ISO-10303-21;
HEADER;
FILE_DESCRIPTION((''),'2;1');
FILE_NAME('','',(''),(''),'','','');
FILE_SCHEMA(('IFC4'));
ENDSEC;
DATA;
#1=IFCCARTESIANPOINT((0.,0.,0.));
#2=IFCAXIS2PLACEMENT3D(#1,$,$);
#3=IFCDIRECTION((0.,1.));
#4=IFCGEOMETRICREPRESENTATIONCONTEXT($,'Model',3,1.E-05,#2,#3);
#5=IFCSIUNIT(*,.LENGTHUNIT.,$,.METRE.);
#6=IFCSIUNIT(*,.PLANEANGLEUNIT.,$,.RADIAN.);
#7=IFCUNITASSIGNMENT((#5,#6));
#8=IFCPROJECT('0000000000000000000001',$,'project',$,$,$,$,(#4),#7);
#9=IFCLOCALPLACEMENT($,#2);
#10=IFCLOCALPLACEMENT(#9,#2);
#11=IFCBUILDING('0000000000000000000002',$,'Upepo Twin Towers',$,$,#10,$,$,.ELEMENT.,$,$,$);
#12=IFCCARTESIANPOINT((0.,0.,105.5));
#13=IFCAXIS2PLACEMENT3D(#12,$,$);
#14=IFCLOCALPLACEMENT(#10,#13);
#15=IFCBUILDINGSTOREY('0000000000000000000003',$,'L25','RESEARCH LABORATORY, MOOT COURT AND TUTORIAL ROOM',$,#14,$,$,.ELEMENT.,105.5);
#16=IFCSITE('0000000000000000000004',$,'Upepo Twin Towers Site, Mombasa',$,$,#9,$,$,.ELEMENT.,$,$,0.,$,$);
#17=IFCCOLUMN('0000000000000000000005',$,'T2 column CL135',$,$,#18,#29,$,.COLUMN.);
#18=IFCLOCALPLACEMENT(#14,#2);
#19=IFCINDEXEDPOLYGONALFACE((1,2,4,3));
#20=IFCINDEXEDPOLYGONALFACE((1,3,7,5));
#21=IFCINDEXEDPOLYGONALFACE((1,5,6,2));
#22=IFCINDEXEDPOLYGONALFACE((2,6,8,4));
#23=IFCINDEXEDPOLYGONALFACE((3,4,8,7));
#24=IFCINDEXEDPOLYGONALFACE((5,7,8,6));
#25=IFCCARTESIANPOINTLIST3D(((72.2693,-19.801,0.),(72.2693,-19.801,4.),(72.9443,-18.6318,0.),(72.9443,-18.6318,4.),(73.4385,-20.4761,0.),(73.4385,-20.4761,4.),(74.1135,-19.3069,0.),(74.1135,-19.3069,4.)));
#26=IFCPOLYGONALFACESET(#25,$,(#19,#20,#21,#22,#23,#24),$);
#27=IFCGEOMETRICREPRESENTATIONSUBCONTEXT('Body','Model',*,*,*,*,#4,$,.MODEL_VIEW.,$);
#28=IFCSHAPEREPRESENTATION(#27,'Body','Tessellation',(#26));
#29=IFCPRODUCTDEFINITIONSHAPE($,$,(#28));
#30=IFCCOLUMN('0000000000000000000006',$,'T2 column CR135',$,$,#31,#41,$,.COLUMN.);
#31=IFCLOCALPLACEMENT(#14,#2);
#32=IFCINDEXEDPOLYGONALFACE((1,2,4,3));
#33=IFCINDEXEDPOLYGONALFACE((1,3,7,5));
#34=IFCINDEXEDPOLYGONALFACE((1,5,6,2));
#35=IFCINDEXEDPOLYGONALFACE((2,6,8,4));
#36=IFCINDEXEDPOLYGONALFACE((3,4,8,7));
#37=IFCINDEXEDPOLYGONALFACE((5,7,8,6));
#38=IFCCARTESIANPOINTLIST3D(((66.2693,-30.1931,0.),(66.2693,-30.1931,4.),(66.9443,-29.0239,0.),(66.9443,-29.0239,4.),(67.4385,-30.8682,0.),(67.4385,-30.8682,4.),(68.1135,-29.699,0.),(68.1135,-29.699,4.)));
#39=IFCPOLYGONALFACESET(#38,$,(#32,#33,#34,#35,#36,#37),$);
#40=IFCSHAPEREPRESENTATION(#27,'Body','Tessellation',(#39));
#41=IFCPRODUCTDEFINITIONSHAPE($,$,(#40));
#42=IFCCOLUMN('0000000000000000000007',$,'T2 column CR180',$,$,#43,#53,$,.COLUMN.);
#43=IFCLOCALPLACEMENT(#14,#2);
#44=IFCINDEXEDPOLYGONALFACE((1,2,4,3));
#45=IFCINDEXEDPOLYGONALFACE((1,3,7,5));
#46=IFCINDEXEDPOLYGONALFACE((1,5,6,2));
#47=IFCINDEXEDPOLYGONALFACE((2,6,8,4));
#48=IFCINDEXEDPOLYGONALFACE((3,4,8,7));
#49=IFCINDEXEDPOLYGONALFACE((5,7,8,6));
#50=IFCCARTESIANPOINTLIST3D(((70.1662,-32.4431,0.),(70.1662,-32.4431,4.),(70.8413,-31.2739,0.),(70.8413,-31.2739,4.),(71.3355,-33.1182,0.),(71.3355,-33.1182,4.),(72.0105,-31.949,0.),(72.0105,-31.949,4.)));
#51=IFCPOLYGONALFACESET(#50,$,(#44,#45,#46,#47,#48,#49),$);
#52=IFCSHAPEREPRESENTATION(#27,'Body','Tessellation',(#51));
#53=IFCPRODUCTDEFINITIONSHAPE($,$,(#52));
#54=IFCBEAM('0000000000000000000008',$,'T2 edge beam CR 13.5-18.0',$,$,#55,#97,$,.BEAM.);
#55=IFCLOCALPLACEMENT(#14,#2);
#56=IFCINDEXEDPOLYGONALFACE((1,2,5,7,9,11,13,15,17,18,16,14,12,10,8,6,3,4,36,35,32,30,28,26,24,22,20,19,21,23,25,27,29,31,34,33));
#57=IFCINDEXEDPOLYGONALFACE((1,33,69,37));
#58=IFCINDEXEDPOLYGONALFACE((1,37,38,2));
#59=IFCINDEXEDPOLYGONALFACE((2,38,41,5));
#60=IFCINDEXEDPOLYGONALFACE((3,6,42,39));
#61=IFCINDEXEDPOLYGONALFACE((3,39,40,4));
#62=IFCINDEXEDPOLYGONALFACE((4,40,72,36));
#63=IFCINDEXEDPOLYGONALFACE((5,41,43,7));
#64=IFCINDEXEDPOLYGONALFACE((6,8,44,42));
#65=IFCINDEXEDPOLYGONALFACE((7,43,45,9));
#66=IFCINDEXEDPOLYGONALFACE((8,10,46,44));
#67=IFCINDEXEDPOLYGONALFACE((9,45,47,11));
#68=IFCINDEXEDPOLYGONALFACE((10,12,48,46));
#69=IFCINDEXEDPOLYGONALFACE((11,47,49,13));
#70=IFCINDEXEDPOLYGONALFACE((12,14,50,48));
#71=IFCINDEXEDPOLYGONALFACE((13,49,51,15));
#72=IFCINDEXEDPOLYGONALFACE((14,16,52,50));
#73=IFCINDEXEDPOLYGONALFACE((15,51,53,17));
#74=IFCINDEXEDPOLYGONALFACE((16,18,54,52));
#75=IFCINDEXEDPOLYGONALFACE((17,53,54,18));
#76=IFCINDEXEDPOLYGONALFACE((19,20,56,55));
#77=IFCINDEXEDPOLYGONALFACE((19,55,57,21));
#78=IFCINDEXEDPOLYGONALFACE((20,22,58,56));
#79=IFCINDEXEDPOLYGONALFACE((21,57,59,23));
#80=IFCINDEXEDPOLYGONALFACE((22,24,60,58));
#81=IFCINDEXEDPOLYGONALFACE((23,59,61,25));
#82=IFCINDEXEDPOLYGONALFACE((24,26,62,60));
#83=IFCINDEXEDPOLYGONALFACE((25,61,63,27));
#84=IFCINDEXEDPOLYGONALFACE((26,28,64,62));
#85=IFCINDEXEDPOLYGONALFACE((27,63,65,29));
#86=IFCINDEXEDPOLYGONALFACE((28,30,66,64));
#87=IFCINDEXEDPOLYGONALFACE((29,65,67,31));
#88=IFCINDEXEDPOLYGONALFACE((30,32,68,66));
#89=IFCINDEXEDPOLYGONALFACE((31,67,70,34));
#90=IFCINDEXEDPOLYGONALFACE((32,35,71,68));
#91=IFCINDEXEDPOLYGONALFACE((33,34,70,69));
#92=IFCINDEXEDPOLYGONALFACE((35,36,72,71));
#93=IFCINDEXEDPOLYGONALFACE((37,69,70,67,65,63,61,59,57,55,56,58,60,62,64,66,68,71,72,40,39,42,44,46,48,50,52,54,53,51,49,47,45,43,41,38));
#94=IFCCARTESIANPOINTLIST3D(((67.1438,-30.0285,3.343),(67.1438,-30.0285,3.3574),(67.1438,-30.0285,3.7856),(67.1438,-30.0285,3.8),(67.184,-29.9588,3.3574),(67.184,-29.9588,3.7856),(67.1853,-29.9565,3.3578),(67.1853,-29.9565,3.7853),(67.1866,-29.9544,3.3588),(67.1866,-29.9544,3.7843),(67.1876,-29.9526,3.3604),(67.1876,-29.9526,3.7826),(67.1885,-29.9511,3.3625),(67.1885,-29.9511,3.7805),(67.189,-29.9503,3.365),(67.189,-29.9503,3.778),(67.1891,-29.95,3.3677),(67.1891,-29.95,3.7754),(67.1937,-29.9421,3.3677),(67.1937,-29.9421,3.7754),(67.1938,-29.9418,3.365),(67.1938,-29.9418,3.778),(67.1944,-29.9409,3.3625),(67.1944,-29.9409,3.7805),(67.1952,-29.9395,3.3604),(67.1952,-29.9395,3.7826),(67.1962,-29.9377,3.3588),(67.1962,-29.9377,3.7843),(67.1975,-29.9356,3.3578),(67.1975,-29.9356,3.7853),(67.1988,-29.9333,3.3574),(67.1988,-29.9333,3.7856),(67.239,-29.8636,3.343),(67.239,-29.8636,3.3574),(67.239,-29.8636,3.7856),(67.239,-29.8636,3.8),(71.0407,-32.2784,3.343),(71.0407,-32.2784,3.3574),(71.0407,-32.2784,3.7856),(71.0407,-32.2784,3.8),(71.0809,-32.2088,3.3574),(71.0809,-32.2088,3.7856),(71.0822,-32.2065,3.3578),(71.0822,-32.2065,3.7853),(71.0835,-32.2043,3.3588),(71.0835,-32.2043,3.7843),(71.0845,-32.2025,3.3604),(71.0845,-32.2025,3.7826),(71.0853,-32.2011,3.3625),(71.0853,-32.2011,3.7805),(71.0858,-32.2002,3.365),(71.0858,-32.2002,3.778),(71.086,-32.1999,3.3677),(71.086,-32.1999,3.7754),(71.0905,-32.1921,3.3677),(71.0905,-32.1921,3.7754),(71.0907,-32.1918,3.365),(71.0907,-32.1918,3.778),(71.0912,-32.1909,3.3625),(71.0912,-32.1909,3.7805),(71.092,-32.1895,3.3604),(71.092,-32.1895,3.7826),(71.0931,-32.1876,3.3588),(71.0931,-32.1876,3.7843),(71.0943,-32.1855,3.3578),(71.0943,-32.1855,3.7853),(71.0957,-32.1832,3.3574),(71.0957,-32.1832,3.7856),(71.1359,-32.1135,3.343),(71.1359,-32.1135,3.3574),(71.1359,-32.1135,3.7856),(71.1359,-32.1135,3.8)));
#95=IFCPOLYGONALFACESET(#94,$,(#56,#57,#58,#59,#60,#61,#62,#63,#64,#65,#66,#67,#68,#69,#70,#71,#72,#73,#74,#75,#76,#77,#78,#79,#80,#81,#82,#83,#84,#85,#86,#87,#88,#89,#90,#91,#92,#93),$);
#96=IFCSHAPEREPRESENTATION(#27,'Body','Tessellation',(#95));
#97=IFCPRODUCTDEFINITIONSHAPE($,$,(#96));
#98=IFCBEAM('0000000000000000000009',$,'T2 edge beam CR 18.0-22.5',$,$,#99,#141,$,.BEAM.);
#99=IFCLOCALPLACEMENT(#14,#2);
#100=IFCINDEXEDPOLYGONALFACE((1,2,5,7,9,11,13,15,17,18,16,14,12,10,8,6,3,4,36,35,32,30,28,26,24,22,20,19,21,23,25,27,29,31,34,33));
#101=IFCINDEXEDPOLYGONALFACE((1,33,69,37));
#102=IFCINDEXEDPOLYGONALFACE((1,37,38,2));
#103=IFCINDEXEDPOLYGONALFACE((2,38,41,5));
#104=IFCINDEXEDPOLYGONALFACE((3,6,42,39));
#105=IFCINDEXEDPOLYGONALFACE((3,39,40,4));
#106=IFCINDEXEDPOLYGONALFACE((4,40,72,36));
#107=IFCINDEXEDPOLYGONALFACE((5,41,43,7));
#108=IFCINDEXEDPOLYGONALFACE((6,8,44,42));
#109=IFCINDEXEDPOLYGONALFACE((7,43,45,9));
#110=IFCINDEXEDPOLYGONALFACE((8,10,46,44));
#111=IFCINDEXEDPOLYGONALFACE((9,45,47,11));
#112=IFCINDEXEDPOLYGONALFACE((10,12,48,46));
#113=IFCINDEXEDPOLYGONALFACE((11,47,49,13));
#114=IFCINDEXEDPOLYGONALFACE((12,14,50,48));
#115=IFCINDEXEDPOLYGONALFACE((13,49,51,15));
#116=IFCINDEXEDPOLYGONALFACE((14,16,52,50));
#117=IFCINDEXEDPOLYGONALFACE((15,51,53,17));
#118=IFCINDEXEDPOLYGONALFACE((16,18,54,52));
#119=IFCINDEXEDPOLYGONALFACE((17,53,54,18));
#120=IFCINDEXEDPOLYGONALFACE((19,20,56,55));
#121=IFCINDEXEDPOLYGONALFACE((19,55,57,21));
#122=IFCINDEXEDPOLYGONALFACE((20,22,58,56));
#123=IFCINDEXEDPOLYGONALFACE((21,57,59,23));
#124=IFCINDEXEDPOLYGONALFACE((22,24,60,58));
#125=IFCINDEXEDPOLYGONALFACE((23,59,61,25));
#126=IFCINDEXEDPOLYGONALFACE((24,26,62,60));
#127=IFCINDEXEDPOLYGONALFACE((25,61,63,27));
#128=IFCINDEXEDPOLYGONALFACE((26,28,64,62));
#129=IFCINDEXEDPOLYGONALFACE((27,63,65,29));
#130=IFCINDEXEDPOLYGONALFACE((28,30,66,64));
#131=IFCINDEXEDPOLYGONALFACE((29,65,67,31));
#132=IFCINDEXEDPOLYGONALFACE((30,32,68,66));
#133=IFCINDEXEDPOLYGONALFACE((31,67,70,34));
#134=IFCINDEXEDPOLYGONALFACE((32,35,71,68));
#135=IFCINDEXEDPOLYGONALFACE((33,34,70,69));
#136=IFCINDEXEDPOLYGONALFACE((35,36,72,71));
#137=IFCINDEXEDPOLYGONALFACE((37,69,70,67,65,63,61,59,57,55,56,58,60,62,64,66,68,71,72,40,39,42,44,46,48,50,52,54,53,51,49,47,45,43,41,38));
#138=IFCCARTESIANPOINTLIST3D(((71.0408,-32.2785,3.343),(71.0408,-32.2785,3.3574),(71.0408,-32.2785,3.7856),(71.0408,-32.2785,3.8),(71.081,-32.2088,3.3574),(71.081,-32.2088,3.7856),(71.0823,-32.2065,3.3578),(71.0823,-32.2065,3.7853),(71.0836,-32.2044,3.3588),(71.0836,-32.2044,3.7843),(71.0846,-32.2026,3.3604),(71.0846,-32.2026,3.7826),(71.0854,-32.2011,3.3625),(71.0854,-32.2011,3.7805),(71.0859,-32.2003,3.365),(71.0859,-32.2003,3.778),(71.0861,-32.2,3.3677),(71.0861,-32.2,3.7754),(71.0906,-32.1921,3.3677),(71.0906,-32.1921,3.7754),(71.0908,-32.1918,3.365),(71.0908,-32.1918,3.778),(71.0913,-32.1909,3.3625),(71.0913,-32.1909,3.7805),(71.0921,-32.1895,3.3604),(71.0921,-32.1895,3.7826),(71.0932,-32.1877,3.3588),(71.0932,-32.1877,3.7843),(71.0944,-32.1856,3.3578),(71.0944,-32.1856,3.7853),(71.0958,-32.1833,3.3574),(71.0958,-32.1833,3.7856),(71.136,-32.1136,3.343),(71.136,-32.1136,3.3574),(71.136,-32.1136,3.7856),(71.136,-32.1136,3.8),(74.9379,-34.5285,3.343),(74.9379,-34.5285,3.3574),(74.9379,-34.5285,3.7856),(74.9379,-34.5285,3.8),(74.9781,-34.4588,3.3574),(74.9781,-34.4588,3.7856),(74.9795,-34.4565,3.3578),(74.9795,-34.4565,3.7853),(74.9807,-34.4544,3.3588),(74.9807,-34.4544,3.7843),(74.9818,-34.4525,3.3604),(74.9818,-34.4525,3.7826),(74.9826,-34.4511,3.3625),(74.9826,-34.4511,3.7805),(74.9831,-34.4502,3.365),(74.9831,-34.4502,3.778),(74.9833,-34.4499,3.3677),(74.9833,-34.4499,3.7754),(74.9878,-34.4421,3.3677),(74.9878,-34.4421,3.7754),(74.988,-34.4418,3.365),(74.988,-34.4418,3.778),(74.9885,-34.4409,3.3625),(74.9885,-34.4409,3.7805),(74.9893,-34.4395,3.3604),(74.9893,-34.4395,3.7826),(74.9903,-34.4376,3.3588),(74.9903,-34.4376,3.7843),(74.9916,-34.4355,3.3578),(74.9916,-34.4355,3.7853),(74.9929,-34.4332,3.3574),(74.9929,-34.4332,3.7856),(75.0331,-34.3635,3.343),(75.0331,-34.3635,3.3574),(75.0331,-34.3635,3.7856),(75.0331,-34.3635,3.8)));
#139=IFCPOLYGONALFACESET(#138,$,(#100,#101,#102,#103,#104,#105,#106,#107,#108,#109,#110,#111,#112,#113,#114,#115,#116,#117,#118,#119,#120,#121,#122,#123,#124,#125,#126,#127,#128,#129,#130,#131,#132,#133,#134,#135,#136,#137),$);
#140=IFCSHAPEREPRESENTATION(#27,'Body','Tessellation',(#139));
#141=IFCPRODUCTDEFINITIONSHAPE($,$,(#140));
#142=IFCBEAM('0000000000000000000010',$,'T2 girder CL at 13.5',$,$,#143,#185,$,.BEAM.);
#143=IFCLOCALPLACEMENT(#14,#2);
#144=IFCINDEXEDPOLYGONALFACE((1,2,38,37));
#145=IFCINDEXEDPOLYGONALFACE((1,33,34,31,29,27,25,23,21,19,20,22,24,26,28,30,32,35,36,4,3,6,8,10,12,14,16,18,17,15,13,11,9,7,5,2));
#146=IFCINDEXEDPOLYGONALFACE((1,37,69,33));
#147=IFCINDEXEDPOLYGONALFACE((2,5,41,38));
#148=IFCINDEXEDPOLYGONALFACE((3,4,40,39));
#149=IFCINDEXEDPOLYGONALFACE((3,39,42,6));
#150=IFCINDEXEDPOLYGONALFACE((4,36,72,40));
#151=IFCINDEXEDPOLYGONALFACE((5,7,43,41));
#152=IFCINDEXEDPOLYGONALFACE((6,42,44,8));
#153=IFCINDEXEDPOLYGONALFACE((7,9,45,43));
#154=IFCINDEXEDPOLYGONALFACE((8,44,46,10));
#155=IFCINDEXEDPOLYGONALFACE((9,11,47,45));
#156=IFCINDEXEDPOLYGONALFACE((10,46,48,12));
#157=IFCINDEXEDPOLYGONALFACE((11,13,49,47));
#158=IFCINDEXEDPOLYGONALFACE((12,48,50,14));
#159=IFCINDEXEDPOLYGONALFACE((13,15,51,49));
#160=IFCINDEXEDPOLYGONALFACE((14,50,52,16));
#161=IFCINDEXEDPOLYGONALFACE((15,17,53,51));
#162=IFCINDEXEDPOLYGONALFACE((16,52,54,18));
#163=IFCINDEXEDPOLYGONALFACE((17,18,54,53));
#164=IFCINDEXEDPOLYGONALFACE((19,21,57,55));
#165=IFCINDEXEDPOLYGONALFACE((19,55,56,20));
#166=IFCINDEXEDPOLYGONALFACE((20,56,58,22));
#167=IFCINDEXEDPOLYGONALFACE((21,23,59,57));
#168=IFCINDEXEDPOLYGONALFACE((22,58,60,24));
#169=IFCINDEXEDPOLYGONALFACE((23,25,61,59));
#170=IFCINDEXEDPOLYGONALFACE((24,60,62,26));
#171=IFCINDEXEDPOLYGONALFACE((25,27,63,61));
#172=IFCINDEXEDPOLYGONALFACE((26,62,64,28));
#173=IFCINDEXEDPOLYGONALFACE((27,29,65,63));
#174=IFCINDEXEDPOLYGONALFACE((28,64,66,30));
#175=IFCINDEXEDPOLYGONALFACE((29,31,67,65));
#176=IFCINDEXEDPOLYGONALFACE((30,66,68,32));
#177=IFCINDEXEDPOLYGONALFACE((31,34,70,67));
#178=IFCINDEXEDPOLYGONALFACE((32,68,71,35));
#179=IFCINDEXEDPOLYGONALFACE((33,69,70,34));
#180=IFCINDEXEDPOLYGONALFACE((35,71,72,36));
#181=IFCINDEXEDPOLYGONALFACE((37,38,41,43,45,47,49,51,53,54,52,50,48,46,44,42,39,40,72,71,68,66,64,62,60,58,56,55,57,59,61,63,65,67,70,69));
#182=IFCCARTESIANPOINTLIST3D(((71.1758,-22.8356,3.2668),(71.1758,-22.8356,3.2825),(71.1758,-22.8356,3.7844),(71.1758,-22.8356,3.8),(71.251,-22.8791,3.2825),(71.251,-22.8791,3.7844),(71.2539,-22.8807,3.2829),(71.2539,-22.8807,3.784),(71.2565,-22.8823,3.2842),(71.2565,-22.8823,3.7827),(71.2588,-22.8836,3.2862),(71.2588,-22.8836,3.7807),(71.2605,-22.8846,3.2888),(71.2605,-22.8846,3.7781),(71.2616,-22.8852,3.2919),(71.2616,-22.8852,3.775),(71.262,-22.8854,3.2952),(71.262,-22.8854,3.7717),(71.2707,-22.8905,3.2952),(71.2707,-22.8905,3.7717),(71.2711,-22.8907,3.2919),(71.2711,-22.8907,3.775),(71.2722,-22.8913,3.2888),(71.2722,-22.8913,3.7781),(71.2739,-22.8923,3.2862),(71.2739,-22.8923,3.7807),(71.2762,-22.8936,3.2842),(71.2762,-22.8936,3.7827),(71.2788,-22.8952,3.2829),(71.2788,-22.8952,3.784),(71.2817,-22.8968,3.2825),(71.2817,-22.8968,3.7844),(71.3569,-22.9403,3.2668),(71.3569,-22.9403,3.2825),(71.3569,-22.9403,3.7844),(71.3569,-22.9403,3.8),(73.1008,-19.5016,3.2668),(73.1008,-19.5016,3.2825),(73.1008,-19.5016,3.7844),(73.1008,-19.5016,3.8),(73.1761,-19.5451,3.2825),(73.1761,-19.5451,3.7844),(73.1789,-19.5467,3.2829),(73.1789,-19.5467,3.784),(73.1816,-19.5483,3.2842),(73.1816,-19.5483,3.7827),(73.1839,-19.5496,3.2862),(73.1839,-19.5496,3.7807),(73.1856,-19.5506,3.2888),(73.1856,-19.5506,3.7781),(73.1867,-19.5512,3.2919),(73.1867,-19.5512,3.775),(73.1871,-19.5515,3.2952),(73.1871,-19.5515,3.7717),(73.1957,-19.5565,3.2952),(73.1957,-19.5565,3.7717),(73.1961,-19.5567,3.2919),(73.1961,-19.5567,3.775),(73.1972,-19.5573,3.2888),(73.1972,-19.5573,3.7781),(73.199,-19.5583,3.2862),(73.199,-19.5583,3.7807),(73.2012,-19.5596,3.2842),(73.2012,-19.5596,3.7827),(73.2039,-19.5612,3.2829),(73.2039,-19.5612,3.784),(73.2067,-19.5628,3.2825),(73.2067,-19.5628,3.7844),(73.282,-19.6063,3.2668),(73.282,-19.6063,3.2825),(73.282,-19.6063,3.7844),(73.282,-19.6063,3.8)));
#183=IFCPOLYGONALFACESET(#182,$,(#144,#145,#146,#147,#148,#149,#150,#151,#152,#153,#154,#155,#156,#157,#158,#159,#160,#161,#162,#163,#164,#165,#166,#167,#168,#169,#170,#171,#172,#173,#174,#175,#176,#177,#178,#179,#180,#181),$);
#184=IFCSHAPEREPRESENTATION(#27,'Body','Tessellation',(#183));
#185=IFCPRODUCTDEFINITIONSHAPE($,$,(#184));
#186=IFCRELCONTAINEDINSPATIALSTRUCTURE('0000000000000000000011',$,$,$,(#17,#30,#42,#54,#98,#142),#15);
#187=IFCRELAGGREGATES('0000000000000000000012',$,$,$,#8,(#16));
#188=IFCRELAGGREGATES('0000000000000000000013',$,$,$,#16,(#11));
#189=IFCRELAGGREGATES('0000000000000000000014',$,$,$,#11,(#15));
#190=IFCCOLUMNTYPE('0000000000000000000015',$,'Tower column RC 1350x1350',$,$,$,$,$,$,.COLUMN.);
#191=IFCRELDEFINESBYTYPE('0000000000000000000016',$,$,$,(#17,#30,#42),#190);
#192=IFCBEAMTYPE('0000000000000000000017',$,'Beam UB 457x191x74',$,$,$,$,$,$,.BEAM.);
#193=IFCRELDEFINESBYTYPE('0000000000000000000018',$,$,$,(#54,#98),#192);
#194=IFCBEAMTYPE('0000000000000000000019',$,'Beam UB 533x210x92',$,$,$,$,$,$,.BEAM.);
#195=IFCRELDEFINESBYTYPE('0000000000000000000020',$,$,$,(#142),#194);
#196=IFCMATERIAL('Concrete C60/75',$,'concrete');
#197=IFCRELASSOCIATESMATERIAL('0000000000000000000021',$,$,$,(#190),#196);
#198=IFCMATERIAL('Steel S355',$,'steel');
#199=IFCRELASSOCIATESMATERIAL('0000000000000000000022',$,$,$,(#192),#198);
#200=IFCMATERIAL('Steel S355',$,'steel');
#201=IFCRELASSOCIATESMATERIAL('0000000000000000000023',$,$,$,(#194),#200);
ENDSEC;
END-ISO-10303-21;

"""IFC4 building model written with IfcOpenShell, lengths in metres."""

from ifc_helpers import new_model, si_unit, direction, frame, origin, origin_2d, place, context, subcontext, project, spatial, rectangle, i_section, extrude, material, material_profile, profile_set, type_object, element, save


model = new_model("IFC4")

# Units and contexts
model_context = context("Model", 3, precision=1e-05, world=origin(), true_north=direction((0.0, 1.0)))
body_context = subcontext(model_context, "Body", "Model", "MODEL_VIEW")
ifc_project = project(units=[si_unit("LENGTHUNIT", "METRE"), si_unit("PLANEANGLEUNIT", "RADIAN")], contexts=[model_context])

# Site, building, storey
site_placement = place(None, origin())
site = spatial("IfcSite", under=ifc_project, at=site_placement, Name="Upepo Twin Towers Site, Mombasa", CompositionType="ELEMENT", RefElevation=0.0)
building_placement = place(site_placement, origin())
building = spatial("IfcBuilding", under=site, at=building_placement, Name="Upepo Twin Towers", CompositionType="ELEMENT")
storey_placement = place(building_placement, frame((0.0, 0.0, 105.5)))
storey = spatial("IfcBuildingStorey", under=building, at=storey_placement, Name="L25", Description="RESEARCH LABORATORY, MOOT COURT AND TUTORIAL ROOM", CompositionType="ELEMENT", Elevation=105.5)

# Columns
ifc_material_1 = material(Name="Concrete C60/75", Category="concrete")
ifc_material_profile_1 = material_profile(ifc_material_1, rectangle(XDim=1.3501, YDim=1.3501, at=origin_2d()), Name="RC 1350x1350")
ifc_profile_set_1 = profile_set([ifc_material_profile_1], Name="Concrete C60/75")
column_type = type_object("IfcColumnType", Name="Tower column RC 1350x1350", PredefinedType="COLUMN", material=ifc_profile_set_1)
for number, where, z_axis, x_axis, name in (
    (1, (73.1914, -19.554, 0.0), (0.0, 0.0, 1.0), (0.5, 0.866025, 0.0), "T2 column CL135"),
    (2, (67.1914, -29.946, 0.0), (0.0, 0.0, 1.0), (0.5, 0.866025, 0.0), "T2 column CR135"),
    (3, (71.0884, -32.196, 0.0), (0.0, 0.0, 1.0), (0.5, 0.866025, 0.0), "T2 column CR180"),
):
    element("IfcColumn", number, at=place(storey_placement, frame(where, z_axis=z_axis, x_axis=x_axis)), inside=storey, type_object=column_type, Name=name, PredefinedType="COLUMN", context=body_context, shape_type="SweptSolid", body=[
        extrude(rectangle(XDim=1.3501, YDim=1.3501, at=origin_2d()), origin(), (0.0, 0.0, 1.0), 4.0),
    ])

# Beams
ifc_material_2 = material(Name="Steel S355", Category="steel")
ifc_material_profile_2 = material_profile(ifc_material_2, i_section(OverallWidth=0.1904, OverallDepth=0.457, WebThickness=0.009, FlangeThickness=0.0144, FilletRadius=0.0103, at=origin_2d()), Name="UB 457x191x74")
ifc_profile_set_2 = profile_set([ifc_material_profile_2], Name="Steel S355")
beam_type_1 = type_object("IfcBeamType", Name="Beam UB 457x191x74", PredefinedType="BEAM", material=ifc_profile_set_2)
beam_1_placement = place(storey_placement, frame((67.1914, -29.946, 3.5715), z_axis=(0.866018, -0.500014, 0.0), x_axis=(0.500014, 0.866018, 0.0)))
element("IfcBeam", 4, at=beam_1_placement, inside=storey, type_object=beam_type_1, Name="T2 edge beam CR 13.5-18.0", PredefinedType="BEAM", context=body_context, shape_type="SweptSolid", body=[
    extrude(i_section(OverallWidth=0.1904, OverallDepth=0.457, WebThickness=0.009, FlangeThickness=0.0144, FilletRadius=0.0103, at=origin_2d()), origin(), (0.0, 0.0, 1.0), 4.4998),
])
beam_2_placement = place(storey_placement, frame((71.0884, -32.196, 3.5715), z_axis=(0.866031, -0.49999, 0.0), x_axis=(0.49999, 0.866031, 0.0)))
element("IfcBeam", 5, at=beam_2_placement, inside=storey, type_object=beam_type_1, Name="T2 edge beam CR 18.0-22.5", PredefinedType="BEAM", context=body_context, shape_type="SweptSolid", body=[
    extrude(i_section(OverallWidth=0.1904, OverallDepth=0.457, WebThickness=0.009, FlangeThickness=0.0144, FilletRadius=0.0103, at=origin_2d()), origin(), (0.0, 0.0, 1.0), 4.5),
])
ifc_material_3 = material(Name="Steel S355", Category="steel")
ifc_material_profile_3 = material_profile(ifc_material_3, i_section(OverallWidth=0.2092, OverallDepth=0.5332, WebThickness=0.01, FlangeThickness=0.0156, FilletRadius=0.0127, at=origin_2d()), Name="UB 533x210x92")
ifc_profile_set_3 = profile_set([ifc_material_profile_3], Name="Steel S355")
beam_type_2 = type_object("IfcBeamType", Name="Beam UB 533x210x92", PredefinedType="BEAM", material=ifc_profile_set_3)
for number, where, z_axis, x_axis, name in (
    (6, (73.1914, -19.554, 3.5334), (-0.500034, -0.866006, 0.0), (0.866006, -0.500034, 0.0), "T2 girder CL at 13.5"),
):
    element("IfcBeam", number, at=place(storey_placement, frame(where, z_axis=z_axis, x_axis=x_axis)), inside=storey, type_object=beam_type_2, Name=name, PredefinedType="BEAM", context=body_context, shape_type="SweptSolid", body=[
        extrude(i_section(OverallWidth=0.2092, OverallDepth=0.5332, WebThickness=0.01, FlangeThickness=0.0156, FilletRadius=0.0127, at=origin_2d()), origin(), (0.0, 0.0, 1.0), 3.8499),
    ])

save(model, "model.ifc")
